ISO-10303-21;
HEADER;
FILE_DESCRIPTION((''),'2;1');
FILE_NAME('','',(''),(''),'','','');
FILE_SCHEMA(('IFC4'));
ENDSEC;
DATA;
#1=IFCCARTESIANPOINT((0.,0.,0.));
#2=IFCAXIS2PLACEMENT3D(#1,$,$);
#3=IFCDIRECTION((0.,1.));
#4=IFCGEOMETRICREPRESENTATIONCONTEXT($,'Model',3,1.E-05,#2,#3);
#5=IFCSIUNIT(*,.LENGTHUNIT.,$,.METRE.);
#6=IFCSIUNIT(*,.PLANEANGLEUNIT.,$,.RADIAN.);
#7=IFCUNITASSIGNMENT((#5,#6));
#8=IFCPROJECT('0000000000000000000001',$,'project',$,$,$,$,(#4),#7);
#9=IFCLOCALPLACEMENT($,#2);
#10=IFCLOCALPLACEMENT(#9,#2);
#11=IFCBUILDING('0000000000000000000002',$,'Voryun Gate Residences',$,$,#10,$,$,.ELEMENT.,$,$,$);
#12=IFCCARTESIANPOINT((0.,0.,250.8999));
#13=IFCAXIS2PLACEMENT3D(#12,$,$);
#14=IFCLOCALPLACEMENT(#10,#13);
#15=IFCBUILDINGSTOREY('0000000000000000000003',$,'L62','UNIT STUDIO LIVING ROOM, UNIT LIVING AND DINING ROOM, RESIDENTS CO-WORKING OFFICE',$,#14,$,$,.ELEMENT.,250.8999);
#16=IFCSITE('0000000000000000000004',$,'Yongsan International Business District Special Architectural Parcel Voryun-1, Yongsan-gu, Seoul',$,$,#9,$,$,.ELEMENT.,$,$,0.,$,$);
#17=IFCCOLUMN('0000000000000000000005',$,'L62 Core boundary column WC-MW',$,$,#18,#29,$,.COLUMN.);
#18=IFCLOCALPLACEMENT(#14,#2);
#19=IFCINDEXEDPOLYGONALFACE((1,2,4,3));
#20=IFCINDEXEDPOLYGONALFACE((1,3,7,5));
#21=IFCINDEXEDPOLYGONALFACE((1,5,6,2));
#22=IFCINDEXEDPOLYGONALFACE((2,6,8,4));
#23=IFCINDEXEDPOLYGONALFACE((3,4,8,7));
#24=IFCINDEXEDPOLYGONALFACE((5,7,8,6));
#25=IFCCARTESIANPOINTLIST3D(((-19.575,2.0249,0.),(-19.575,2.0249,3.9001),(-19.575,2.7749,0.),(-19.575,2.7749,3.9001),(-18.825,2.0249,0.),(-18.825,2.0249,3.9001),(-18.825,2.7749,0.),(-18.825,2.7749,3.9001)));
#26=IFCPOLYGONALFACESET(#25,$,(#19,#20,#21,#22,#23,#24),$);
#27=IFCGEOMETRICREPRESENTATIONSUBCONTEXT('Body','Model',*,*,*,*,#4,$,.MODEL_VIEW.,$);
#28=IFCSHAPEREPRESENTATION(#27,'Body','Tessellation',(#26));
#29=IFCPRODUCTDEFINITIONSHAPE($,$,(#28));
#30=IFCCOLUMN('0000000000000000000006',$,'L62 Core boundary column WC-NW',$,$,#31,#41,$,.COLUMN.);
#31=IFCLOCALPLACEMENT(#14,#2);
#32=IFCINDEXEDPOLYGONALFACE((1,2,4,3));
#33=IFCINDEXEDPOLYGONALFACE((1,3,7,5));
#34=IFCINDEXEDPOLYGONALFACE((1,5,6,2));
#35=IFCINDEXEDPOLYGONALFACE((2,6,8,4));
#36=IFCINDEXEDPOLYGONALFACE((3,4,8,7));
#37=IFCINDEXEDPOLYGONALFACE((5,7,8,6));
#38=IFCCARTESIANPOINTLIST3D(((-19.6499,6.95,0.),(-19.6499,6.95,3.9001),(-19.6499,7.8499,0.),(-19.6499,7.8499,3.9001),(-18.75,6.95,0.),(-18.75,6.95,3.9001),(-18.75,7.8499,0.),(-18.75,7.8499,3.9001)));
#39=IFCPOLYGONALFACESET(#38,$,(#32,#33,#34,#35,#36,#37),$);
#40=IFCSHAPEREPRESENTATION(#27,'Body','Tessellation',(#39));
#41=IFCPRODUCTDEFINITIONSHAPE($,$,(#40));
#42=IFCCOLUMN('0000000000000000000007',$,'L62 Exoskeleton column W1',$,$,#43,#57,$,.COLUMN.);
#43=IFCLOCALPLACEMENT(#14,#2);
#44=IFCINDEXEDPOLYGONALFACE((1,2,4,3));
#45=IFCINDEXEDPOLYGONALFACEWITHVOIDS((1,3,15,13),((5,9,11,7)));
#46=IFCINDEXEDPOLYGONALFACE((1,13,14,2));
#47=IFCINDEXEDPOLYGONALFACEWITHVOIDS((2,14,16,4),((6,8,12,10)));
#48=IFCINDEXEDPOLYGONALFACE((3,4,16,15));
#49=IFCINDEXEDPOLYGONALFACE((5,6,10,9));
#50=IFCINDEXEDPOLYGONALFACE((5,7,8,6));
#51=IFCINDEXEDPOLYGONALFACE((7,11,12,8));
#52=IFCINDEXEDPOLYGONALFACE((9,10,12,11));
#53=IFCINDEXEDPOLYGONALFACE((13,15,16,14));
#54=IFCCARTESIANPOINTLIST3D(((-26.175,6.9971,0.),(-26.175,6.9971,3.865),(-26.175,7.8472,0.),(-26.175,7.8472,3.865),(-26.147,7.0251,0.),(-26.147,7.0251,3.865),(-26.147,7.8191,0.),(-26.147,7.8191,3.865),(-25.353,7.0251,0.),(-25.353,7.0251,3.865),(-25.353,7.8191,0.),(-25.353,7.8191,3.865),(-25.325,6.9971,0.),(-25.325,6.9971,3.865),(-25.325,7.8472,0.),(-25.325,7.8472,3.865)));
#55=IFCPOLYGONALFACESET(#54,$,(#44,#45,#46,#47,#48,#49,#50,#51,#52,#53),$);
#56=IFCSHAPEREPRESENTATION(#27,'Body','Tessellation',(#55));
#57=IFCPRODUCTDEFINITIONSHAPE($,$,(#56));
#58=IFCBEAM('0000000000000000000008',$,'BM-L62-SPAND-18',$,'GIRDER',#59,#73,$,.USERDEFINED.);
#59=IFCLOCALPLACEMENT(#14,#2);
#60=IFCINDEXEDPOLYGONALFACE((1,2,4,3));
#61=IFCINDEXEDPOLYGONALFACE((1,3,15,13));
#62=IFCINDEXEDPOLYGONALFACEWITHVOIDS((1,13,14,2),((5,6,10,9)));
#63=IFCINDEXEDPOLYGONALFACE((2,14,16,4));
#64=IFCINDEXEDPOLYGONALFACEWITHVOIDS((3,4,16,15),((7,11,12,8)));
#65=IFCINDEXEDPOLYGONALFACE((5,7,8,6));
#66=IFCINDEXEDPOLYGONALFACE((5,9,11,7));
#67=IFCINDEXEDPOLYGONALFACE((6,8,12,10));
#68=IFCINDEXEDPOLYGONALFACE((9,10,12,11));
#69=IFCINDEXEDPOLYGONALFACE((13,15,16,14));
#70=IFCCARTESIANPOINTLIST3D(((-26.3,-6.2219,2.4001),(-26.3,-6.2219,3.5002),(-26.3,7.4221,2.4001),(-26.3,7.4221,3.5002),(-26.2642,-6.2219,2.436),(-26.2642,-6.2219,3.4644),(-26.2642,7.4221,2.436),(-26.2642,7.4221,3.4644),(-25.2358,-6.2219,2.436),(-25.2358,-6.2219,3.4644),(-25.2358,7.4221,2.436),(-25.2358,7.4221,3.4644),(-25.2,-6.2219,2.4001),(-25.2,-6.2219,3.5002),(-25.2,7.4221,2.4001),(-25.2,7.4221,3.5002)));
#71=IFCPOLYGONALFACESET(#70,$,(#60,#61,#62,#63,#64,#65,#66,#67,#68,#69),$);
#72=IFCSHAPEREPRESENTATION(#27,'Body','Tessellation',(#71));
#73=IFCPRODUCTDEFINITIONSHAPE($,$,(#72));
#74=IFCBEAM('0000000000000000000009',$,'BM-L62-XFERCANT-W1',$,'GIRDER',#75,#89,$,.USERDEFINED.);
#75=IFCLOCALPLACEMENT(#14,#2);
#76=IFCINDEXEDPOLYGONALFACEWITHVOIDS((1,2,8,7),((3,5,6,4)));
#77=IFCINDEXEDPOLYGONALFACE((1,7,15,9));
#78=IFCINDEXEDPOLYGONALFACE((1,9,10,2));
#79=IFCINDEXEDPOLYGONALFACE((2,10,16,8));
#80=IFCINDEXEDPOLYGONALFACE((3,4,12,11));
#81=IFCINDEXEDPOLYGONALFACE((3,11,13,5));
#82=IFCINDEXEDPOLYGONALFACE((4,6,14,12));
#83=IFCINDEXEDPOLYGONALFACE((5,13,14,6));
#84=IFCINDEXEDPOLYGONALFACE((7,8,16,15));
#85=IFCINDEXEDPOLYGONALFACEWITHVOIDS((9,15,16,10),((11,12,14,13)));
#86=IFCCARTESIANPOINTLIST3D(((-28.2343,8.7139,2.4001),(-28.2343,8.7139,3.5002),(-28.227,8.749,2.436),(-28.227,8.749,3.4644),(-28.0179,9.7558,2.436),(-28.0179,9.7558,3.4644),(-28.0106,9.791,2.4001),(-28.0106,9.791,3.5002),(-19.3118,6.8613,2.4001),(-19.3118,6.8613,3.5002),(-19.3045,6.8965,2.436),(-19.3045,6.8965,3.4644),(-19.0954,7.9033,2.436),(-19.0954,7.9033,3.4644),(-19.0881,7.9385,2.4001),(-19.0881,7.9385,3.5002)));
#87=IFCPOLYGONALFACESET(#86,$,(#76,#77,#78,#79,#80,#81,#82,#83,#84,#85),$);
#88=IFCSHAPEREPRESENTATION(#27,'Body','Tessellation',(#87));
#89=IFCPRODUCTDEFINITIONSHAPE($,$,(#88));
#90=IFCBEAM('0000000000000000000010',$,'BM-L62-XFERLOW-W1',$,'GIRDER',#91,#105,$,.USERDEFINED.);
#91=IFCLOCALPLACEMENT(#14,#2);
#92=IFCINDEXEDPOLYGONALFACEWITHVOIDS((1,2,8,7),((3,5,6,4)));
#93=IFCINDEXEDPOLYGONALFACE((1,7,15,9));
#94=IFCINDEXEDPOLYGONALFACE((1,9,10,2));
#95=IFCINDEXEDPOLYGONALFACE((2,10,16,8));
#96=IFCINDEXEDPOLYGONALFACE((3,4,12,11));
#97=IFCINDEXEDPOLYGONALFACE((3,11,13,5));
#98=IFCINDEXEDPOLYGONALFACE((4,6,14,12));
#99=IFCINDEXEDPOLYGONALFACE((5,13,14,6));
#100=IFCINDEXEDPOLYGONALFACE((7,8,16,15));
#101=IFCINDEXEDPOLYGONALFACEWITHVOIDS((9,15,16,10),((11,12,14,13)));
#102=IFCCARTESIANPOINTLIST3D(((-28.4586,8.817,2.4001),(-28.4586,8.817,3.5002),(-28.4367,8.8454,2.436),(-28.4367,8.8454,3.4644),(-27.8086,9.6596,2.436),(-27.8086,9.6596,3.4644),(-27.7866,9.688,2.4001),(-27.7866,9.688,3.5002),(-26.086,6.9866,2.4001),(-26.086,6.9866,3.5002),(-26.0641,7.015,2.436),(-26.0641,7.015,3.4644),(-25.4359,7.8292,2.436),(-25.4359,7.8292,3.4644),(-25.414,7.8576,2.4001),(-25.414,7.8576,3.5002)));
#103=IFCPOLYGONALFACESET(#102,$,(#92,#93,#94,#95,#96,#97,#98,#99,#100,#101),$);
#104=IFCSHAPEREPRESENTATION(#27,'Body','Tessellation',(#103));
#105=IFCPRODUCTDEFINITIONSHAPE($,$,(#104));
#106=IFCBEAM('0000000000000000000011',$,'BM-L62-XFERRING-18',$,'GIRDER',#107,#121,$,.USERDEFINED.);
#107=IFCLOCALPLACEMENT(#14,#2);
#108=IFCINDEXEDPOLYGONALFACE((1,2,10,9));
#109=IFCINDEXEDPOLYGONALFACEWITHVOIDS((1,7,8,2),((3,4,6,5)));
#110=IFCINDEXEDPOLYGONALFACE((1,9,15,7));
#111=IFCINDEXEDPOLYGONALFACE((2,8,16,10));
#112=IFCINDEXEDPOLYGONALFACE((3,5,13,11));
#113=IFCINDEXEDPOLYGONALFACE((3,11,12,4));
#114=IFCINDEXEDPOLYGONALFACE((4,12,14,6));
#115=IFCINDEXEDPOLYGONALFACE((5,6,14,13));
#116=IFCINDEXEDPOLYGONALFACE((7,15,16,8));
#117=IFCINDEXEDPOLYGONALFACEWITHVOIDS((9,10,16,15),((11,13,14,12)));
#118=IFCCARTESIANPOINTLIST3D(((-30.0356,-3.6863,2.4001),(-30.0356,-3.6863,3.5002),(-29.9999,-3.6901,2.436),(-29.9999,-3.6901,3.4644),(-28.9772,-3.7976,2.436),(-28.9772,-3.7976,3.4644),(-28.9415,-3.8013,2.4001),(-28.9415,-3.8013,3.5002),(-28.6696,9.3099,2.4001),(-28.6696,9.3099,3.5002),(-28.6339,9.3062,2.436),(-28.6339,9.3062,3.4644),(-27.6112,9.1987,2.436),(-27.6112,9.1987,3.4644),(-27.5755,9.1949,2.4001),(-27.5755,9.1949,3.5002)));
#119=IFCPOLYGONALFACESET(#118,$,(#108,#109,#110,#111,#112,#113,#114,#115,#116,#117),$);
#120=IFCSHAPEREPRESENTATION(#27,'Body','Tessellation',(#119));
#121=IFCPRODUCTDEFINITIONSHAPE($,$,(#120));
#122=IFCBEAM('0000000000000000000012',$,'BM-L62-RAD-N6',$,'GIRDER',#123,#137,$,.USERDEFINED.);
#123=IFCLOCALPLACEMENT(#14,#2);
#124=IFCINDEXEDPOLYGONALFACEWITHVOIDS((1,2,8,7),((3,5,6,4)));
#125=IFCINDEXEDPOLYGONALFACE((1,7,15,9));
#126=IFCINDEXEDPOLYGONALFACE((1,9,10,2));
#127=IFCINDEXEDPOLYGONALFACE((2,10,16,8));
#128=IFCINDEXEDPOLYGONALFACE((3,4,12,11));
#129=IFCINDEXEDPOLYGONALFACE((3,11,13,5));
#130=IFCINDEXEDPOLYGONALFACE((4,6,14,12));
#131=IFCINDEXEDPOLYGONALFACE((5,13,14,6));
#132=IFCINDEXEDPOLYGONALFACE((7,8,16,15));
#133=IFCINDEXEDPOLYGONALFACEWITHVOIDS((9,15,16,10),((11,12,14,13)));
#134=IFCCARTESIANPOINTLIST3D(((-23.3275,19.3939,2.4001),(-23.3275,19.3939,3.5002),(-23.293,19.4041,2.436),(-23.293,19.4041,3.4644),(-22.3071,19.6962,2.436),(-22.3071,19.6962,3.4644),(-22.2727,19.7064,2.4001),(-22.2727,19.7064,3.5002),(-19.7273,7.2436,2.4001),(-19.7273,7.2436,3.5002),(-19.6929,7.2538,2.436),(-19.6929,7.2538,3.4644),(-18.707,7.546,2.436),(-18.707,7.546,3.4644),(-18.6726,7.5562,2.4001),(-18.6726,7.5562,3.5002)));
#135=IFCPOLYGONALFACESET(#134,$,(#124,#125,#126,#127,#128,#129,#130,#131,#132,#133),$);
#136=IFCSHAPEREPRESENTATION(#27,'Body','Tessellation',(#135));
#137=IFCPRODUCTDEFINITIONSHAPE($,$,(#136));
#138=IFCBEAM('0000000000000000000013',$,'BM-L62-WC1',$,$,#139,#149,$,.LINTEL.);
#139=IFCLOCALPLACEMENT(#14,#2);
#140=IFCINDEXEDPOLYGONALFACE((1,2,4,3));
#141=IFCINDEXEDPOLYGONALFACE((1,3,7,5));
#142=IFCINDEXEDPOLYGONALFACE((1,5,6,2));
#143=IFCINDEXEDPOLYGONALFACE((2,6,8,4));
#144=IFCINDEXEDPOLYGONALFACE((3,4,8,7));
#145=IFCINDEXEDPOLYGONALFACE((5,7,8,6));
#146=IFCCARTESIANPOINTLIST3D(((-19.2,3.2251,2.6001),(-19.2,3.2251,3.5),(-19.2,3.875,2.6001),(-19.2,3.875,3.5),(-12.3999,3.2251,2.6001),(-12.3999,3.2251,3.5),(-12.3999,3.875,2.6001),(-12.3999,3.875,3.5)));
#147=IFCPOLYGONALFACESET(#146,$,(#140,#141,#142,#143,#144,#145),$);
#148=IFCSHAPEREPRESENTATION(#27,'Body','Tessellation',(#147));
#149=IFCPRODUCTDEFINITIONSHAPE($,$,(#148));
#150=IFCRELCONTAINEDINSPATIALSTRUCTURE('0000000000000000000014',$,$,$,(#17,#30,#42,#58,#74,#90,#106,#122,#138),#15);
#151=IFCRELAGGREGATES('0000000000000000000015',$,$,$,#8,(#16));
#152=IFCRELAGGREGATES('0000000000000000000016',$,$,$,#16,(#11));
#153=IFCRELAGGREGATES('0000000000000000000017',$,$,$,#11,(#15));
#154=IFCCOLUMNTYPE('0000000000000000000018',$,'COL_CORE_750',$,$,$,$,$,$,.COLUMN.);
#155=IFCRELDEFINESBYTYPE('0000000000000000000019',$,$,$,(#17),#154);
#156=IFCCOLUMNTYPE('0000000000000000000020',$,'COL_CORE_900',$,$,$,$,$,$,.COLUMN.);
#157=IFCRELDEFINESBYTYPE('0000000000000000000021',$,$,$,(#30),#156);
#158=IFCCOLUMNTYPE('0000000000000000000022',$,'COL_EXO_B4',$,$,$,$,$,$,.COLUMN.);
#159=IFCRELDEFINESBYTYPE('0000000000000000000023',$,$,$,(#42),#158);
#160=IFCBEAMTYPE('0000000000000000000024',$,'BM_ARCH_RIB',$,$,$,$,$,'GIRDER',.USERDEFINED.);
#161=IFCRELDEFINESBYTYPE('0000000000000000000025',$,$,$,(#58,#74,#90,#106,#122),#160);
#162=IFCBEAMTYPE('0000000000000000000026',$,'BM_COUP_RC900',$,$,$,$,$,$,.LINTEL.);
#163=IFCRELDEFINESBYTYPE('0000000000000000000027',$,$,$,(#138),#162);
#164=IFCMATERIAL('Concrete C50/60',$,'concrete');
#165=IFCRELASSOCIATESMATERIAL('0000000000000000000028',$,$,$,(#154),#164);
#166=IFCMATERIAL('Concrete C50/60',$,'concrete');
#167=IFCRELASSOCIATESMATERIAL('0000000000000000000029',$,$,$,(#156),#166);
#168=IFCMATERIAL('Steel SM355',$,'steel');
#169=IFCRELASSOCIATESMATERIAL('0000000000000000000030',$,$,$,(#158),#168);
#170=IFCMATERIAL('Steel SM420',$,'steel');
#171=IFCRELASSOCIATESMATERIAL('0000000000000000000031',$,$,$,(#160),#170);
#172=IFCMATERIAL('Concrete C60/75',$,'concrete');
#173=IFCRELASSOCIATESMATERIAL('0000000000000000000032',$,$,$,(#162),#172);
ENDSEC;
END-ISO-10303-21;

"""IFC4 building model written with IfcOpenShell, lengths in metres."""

from ifc_helpers import new_model, si_unit, direction, frame, origin, origin_2d, place, context, subcontext, project, spatial, rectangle, hollow_rectangle, extrude, material, material_profile, profile_set, type_object, element, save


model = new_model("IFC4")

# Units and contexts
model_context = context("Model", 3, precision=1e-05, world=origin(), true_north=direction((0.0, 1.0)))
body_context = subcontext(model_context, "Body", "Model", "MODEL_VIEW")
ifc_project = project(units=[si_unit("LENGTHUNIT", "METRE"), si_unit("PLANEANGLEUNIT", "RADIAN")], contexts=[model_context])

# Site, building, storey
site_placement = place(None, origin())
site = spatial("IfcSite", under=ifc_project, at=site_placement, Name="Yongsan International Business District Special Architectural Parcel Voryun-1, Yongsan-gu, Seoul", CompositionType="ELEMENT", RefElevation=0.0)
building_placement = place(site_placement, origin())
building = spatial("IfcBuilding", under=site, at=building_placement, Name="Voryun Gate Residences", CompositionType="ELEMENT")
storey_placement = place(building_placement, frame((0.0, 0.0, 250.8999)))
storey = spatial("IfcBuildingStorey", under=building, at=storey_placement, Name="L62", Description="UNIT STUDIO LIVING ROOM, UNIT LIVING AND DINING ROOM, RESIDENTS CO-WORKING OFFICE", CompositionType="ELEMENT", Elevation=250.8999)

# Columns
ifc_material_1 = material(Name="Concrete C50/60", Category="concrete")
ifc_material_profile_1 = material_profile(ifc_material_1, rectangle(XDim=0.75, YDim=0.75, at=origin_2d()), Name="RC-750x750")
ifc_profile_set_1 = profile_set([ifc_material_profile_1], Name="Concrete C50/60")
column_type_1 = type_object("IfcColumnType", Name="COL_CORE_750", PredefinedType="COLUMN", material=ifc_profile_set_1)
column_1_placement = place(storey_placement, frame((-19.2, 2.3999, 0.0), z_axis=(0.0, 0.0, 1.0), x_axis=(1.0, 0.0, 0.0)))
element("IfcColumn", 1, at=column_1_placement, inside=storey, type_object=column_type_1, Name="L62 Core boundary column WC-MW", PredefinedType="COLUMN", context=body_context, shape_type="SweptSolid", body=[
    extrude(rectangle(XDim=0.75, YDim=0.75, at=origin_2d()), origin(), (0.0, 0.0, 1.0), 3.9001),
])
ifc_material_2 = material(Name="Concrete C50/60", Category="concrete")
ifc_material_profile_2 = material_profile(ifc_material_2, rectangle(XDim=0.8999, YDim=0.8999, at=origin_2d()), Name="RC-900x900")
ifc_profile_set_2 = profile_set([ifc_material_profile_2], Name="Concrete C50/60")
column_type_2 = type_object("IfcColumnType", Name="COL_CORE_900", PredefinedType="COLUMN", material=ifc_profile_set_2)
column_2_placement = place(storey_placement, frame((-19.2, 7.3999, 0.0), z_axis=(0.0, 0.0, 1.0), x_axis=(1.0, 0.0, 0.0)))
element("IfcColumn", 2, at=column_2_placement, inside=storey, type_object=column_type_2, Name="L62 Core boundary column WC-NW", PredefinedType="COLUMN", context=body_context, shape_type="SweptSolid", body=[
    extrude(rectangle(XDim=0.8999, YDim=0.8999, at=origin_2d()), origin(), (0.0, 0.0, 1.0), 3.9001),
])
ifc_material_3 = material(Name="Steel SM355", Category="steel")
ifc_material_profile_3 = material_profile(ifc_material_3, hollow_rectangle(XDim=0.8501, YDim=0.8501, WallThickness=0.0281, at=origin_2d()), Name="BOX-850x850x28")
ifc_profile_set_3 = profile_set([ifc_material_profile_3], Name="Steel SM355")
column_type_3 = type_object("IfcColumnType", Name="COL_EXO_B4", PredefinedType="COLUMN", material=ifc_profile_set_3)
column_3_placement = place(storey_placement, frame((-25.75, 7.4221, 0.0), z_axis=(0.0, 0.0, 1.0), x_axis=(1.0, 0.0, 0.0)))
element("IfcColumn", 3, at=column_3_placement, inside=storey, type_object=column_type_3, Name="L62 Exoskeleton column W1", PredefinedType="COLUMN", context=body_context, shape_type="SweptSolid", body=[
    extrude(hollow_rectangle(XDim=0.8501, YDim=0.8501, WallThickness=0.0281, at=origin_2d()), origin(), (0.0, 0.0, 1.0), 3.865),
])

# Beams
ifc_material_4 = material(Name="Steel SM420", Category="steel")
ifc_material_profile_4 = material_profile(ifc_material_4, hollow_rectangle(XDim=1.1001, YDim=1.1001, WallThickness=0.0359, at=origin_2d()), Name="BOX-1100x1100x36")
ifc_profile_set_4 = profile_set([ifc_material_profile_4], Name="Steel SM420")
beam_type_1 = type_object("IfcBeamType", Name="BM_ARCH_RIB", ElementType="GIRDER", PredefinedType="USERDEFINED", material=ifc_profile_set_4)
beam_1_placement = place(storey_placement, frame((-25.75, 7.4221, 2.9502), z_axis=(0.0, -1.0, 0.0), x_axis=(1.0, 0.0, 0.0)))
element("IfcBeam", 4, at=beam_1_placement, inside=storey, type_object=beam_type_1, Name="BM-L62-SPAND-18", ObjectType="GIRDER", PredefinedType="USERDEFINED", context=body_context, shape_type="SweptSolid", body=[
    extrude(hollow_rectangle(XDim=1.1001, YDim=1.1001, WallThickness=0.0359, at=origin_2d()), origin(), (0.0, 0.0, 1.0), 13.644),
])
beam_2_placement = place(storey_placement, frame((-19.2, 7.3999, 2.9502), z_axis=(-0.979119, 0.203288, 0.0), x_axis=(-0.203288, -0.979119, 0.0)))
element("IfcBeam", 5, at=beam_2_placement, inside=storey, type_object=beam_type_1, Name="BM-L62-XFERCANT-W1", ObjectType="GIRDER", PredefinedType="USERDEFINED", context=body_context, shape_type="SweptSolid", body=[
    extrude(hollow_rectangle(XDim=1.1001, YDim=1.1001, WallThickness=0.0359, at=origin_2d()), origin(), (0.0, 0.0, 1.0), 9.1128),
])
beam_3_placement = place(storey_placement, frame((-25.75, 7.4221, 2.9502), z_axis=(-0.791772, 0.610817, 0.0), x_axis=(-0.610817, -0.791772, 0.0)))
element("IfcBeam", 6, at=beam_3_placement, inside=storey, type_object=beam_type_1, Name="BM-L62-XFERLOW-W1", ObjectType="GIRDER", PredefinedType="USERDEFINED", context=body_context, shape_type="SweptSolid", body=[
    extrude(hollow_rectangle(XDim=1.1001, YDim=1.1001, WallThickness=0.0359, at=origin_2d()), origin(), (0.0, 0.0, 1.0), 2.9966),
])
beam_4_placement = place(storey_placement, frame((-28.1226, 9.2524, 2.9502), z_axis=(-0.104528, -0.994522, 0.0), x_axis=(0.994522, -0.104528, 0.0)))
element("IfcBeam", 7, at=beam_4_placement, inside=storey, type_object=beam_type_1, Name="BM-L62-XFERRING-18", ObjectType="GIRDER", PredefinedType="USERDEFINED", context=body_context, shape_type="SweptSolid", body=[
    extrude(hollow_rectangle(XDim=1.1001, YDim=1.1001, WallThickness=0.0359, at=origin_2d()), origin(), (0.0, 0.0, 1.0), 13.0679),
])
beam_5_placement = place(storey_placement, frame((-19.2, 7.3999, 2.9502), z_axis=(-0.284092, 0.958797, 0.0), x_axis=(-0.958797, -0.284092, 0.0)))
element("IfcBeam", 8, at=beam_5_placement, inside=storey, type_object=beam_type_1, Name="BM-L62-RAD-N6", ObjectType="GIRDER", PredefinedType="USERDEFINED", context=body_context, shape_type="SweptSolid", body=[
    extrude(hollow_rectangle(XDim=1.1001, YDim=1.1001, WallThickness=0.0359, at=origin_2d()), origin(), (0.0, 0.0, 1.0), 12.6724),
])
ifc_material_5 = material(Name="Concrete C60/75", Category="concrete")
ifc_material_profile_5 = material_profile(ifc_material_5, rectangle(XDim=0.6499, YDim=0.8999, at=origin_2d()), Name="RC-650x900")
ifc_profile_set_5 = profile_set([ifc_material_profile_5], Name="Concrete C60/75")
beam_type_2 = type_object("IfcBeamType", Name="BM_COUP_RC900", PredefinedType="LINTEL", material=ifc_profile_set_5)
beam_6_placement = place(storey_placement, frame((-19.2, 3.55, 3.05), z_axis=(1.0, 0.0, 0.0), x_axis=(0.0, 1.0, 0.0)))
element("IfcBeam", 9, at=beam_6_placement, inside=storey, type_object=beam_type_2, Name="BM-L62-WC1", PredefinedType="LINTEL", context=body_context, shape_type="SweptSolid", body=[
    extrude(rectangle(XDim=0.6499, YDim=0.8999, at=origin_2d()), origin(), (0.0, 0.0, 1.0), 6.8),
])

save(model, "model.ifc")
